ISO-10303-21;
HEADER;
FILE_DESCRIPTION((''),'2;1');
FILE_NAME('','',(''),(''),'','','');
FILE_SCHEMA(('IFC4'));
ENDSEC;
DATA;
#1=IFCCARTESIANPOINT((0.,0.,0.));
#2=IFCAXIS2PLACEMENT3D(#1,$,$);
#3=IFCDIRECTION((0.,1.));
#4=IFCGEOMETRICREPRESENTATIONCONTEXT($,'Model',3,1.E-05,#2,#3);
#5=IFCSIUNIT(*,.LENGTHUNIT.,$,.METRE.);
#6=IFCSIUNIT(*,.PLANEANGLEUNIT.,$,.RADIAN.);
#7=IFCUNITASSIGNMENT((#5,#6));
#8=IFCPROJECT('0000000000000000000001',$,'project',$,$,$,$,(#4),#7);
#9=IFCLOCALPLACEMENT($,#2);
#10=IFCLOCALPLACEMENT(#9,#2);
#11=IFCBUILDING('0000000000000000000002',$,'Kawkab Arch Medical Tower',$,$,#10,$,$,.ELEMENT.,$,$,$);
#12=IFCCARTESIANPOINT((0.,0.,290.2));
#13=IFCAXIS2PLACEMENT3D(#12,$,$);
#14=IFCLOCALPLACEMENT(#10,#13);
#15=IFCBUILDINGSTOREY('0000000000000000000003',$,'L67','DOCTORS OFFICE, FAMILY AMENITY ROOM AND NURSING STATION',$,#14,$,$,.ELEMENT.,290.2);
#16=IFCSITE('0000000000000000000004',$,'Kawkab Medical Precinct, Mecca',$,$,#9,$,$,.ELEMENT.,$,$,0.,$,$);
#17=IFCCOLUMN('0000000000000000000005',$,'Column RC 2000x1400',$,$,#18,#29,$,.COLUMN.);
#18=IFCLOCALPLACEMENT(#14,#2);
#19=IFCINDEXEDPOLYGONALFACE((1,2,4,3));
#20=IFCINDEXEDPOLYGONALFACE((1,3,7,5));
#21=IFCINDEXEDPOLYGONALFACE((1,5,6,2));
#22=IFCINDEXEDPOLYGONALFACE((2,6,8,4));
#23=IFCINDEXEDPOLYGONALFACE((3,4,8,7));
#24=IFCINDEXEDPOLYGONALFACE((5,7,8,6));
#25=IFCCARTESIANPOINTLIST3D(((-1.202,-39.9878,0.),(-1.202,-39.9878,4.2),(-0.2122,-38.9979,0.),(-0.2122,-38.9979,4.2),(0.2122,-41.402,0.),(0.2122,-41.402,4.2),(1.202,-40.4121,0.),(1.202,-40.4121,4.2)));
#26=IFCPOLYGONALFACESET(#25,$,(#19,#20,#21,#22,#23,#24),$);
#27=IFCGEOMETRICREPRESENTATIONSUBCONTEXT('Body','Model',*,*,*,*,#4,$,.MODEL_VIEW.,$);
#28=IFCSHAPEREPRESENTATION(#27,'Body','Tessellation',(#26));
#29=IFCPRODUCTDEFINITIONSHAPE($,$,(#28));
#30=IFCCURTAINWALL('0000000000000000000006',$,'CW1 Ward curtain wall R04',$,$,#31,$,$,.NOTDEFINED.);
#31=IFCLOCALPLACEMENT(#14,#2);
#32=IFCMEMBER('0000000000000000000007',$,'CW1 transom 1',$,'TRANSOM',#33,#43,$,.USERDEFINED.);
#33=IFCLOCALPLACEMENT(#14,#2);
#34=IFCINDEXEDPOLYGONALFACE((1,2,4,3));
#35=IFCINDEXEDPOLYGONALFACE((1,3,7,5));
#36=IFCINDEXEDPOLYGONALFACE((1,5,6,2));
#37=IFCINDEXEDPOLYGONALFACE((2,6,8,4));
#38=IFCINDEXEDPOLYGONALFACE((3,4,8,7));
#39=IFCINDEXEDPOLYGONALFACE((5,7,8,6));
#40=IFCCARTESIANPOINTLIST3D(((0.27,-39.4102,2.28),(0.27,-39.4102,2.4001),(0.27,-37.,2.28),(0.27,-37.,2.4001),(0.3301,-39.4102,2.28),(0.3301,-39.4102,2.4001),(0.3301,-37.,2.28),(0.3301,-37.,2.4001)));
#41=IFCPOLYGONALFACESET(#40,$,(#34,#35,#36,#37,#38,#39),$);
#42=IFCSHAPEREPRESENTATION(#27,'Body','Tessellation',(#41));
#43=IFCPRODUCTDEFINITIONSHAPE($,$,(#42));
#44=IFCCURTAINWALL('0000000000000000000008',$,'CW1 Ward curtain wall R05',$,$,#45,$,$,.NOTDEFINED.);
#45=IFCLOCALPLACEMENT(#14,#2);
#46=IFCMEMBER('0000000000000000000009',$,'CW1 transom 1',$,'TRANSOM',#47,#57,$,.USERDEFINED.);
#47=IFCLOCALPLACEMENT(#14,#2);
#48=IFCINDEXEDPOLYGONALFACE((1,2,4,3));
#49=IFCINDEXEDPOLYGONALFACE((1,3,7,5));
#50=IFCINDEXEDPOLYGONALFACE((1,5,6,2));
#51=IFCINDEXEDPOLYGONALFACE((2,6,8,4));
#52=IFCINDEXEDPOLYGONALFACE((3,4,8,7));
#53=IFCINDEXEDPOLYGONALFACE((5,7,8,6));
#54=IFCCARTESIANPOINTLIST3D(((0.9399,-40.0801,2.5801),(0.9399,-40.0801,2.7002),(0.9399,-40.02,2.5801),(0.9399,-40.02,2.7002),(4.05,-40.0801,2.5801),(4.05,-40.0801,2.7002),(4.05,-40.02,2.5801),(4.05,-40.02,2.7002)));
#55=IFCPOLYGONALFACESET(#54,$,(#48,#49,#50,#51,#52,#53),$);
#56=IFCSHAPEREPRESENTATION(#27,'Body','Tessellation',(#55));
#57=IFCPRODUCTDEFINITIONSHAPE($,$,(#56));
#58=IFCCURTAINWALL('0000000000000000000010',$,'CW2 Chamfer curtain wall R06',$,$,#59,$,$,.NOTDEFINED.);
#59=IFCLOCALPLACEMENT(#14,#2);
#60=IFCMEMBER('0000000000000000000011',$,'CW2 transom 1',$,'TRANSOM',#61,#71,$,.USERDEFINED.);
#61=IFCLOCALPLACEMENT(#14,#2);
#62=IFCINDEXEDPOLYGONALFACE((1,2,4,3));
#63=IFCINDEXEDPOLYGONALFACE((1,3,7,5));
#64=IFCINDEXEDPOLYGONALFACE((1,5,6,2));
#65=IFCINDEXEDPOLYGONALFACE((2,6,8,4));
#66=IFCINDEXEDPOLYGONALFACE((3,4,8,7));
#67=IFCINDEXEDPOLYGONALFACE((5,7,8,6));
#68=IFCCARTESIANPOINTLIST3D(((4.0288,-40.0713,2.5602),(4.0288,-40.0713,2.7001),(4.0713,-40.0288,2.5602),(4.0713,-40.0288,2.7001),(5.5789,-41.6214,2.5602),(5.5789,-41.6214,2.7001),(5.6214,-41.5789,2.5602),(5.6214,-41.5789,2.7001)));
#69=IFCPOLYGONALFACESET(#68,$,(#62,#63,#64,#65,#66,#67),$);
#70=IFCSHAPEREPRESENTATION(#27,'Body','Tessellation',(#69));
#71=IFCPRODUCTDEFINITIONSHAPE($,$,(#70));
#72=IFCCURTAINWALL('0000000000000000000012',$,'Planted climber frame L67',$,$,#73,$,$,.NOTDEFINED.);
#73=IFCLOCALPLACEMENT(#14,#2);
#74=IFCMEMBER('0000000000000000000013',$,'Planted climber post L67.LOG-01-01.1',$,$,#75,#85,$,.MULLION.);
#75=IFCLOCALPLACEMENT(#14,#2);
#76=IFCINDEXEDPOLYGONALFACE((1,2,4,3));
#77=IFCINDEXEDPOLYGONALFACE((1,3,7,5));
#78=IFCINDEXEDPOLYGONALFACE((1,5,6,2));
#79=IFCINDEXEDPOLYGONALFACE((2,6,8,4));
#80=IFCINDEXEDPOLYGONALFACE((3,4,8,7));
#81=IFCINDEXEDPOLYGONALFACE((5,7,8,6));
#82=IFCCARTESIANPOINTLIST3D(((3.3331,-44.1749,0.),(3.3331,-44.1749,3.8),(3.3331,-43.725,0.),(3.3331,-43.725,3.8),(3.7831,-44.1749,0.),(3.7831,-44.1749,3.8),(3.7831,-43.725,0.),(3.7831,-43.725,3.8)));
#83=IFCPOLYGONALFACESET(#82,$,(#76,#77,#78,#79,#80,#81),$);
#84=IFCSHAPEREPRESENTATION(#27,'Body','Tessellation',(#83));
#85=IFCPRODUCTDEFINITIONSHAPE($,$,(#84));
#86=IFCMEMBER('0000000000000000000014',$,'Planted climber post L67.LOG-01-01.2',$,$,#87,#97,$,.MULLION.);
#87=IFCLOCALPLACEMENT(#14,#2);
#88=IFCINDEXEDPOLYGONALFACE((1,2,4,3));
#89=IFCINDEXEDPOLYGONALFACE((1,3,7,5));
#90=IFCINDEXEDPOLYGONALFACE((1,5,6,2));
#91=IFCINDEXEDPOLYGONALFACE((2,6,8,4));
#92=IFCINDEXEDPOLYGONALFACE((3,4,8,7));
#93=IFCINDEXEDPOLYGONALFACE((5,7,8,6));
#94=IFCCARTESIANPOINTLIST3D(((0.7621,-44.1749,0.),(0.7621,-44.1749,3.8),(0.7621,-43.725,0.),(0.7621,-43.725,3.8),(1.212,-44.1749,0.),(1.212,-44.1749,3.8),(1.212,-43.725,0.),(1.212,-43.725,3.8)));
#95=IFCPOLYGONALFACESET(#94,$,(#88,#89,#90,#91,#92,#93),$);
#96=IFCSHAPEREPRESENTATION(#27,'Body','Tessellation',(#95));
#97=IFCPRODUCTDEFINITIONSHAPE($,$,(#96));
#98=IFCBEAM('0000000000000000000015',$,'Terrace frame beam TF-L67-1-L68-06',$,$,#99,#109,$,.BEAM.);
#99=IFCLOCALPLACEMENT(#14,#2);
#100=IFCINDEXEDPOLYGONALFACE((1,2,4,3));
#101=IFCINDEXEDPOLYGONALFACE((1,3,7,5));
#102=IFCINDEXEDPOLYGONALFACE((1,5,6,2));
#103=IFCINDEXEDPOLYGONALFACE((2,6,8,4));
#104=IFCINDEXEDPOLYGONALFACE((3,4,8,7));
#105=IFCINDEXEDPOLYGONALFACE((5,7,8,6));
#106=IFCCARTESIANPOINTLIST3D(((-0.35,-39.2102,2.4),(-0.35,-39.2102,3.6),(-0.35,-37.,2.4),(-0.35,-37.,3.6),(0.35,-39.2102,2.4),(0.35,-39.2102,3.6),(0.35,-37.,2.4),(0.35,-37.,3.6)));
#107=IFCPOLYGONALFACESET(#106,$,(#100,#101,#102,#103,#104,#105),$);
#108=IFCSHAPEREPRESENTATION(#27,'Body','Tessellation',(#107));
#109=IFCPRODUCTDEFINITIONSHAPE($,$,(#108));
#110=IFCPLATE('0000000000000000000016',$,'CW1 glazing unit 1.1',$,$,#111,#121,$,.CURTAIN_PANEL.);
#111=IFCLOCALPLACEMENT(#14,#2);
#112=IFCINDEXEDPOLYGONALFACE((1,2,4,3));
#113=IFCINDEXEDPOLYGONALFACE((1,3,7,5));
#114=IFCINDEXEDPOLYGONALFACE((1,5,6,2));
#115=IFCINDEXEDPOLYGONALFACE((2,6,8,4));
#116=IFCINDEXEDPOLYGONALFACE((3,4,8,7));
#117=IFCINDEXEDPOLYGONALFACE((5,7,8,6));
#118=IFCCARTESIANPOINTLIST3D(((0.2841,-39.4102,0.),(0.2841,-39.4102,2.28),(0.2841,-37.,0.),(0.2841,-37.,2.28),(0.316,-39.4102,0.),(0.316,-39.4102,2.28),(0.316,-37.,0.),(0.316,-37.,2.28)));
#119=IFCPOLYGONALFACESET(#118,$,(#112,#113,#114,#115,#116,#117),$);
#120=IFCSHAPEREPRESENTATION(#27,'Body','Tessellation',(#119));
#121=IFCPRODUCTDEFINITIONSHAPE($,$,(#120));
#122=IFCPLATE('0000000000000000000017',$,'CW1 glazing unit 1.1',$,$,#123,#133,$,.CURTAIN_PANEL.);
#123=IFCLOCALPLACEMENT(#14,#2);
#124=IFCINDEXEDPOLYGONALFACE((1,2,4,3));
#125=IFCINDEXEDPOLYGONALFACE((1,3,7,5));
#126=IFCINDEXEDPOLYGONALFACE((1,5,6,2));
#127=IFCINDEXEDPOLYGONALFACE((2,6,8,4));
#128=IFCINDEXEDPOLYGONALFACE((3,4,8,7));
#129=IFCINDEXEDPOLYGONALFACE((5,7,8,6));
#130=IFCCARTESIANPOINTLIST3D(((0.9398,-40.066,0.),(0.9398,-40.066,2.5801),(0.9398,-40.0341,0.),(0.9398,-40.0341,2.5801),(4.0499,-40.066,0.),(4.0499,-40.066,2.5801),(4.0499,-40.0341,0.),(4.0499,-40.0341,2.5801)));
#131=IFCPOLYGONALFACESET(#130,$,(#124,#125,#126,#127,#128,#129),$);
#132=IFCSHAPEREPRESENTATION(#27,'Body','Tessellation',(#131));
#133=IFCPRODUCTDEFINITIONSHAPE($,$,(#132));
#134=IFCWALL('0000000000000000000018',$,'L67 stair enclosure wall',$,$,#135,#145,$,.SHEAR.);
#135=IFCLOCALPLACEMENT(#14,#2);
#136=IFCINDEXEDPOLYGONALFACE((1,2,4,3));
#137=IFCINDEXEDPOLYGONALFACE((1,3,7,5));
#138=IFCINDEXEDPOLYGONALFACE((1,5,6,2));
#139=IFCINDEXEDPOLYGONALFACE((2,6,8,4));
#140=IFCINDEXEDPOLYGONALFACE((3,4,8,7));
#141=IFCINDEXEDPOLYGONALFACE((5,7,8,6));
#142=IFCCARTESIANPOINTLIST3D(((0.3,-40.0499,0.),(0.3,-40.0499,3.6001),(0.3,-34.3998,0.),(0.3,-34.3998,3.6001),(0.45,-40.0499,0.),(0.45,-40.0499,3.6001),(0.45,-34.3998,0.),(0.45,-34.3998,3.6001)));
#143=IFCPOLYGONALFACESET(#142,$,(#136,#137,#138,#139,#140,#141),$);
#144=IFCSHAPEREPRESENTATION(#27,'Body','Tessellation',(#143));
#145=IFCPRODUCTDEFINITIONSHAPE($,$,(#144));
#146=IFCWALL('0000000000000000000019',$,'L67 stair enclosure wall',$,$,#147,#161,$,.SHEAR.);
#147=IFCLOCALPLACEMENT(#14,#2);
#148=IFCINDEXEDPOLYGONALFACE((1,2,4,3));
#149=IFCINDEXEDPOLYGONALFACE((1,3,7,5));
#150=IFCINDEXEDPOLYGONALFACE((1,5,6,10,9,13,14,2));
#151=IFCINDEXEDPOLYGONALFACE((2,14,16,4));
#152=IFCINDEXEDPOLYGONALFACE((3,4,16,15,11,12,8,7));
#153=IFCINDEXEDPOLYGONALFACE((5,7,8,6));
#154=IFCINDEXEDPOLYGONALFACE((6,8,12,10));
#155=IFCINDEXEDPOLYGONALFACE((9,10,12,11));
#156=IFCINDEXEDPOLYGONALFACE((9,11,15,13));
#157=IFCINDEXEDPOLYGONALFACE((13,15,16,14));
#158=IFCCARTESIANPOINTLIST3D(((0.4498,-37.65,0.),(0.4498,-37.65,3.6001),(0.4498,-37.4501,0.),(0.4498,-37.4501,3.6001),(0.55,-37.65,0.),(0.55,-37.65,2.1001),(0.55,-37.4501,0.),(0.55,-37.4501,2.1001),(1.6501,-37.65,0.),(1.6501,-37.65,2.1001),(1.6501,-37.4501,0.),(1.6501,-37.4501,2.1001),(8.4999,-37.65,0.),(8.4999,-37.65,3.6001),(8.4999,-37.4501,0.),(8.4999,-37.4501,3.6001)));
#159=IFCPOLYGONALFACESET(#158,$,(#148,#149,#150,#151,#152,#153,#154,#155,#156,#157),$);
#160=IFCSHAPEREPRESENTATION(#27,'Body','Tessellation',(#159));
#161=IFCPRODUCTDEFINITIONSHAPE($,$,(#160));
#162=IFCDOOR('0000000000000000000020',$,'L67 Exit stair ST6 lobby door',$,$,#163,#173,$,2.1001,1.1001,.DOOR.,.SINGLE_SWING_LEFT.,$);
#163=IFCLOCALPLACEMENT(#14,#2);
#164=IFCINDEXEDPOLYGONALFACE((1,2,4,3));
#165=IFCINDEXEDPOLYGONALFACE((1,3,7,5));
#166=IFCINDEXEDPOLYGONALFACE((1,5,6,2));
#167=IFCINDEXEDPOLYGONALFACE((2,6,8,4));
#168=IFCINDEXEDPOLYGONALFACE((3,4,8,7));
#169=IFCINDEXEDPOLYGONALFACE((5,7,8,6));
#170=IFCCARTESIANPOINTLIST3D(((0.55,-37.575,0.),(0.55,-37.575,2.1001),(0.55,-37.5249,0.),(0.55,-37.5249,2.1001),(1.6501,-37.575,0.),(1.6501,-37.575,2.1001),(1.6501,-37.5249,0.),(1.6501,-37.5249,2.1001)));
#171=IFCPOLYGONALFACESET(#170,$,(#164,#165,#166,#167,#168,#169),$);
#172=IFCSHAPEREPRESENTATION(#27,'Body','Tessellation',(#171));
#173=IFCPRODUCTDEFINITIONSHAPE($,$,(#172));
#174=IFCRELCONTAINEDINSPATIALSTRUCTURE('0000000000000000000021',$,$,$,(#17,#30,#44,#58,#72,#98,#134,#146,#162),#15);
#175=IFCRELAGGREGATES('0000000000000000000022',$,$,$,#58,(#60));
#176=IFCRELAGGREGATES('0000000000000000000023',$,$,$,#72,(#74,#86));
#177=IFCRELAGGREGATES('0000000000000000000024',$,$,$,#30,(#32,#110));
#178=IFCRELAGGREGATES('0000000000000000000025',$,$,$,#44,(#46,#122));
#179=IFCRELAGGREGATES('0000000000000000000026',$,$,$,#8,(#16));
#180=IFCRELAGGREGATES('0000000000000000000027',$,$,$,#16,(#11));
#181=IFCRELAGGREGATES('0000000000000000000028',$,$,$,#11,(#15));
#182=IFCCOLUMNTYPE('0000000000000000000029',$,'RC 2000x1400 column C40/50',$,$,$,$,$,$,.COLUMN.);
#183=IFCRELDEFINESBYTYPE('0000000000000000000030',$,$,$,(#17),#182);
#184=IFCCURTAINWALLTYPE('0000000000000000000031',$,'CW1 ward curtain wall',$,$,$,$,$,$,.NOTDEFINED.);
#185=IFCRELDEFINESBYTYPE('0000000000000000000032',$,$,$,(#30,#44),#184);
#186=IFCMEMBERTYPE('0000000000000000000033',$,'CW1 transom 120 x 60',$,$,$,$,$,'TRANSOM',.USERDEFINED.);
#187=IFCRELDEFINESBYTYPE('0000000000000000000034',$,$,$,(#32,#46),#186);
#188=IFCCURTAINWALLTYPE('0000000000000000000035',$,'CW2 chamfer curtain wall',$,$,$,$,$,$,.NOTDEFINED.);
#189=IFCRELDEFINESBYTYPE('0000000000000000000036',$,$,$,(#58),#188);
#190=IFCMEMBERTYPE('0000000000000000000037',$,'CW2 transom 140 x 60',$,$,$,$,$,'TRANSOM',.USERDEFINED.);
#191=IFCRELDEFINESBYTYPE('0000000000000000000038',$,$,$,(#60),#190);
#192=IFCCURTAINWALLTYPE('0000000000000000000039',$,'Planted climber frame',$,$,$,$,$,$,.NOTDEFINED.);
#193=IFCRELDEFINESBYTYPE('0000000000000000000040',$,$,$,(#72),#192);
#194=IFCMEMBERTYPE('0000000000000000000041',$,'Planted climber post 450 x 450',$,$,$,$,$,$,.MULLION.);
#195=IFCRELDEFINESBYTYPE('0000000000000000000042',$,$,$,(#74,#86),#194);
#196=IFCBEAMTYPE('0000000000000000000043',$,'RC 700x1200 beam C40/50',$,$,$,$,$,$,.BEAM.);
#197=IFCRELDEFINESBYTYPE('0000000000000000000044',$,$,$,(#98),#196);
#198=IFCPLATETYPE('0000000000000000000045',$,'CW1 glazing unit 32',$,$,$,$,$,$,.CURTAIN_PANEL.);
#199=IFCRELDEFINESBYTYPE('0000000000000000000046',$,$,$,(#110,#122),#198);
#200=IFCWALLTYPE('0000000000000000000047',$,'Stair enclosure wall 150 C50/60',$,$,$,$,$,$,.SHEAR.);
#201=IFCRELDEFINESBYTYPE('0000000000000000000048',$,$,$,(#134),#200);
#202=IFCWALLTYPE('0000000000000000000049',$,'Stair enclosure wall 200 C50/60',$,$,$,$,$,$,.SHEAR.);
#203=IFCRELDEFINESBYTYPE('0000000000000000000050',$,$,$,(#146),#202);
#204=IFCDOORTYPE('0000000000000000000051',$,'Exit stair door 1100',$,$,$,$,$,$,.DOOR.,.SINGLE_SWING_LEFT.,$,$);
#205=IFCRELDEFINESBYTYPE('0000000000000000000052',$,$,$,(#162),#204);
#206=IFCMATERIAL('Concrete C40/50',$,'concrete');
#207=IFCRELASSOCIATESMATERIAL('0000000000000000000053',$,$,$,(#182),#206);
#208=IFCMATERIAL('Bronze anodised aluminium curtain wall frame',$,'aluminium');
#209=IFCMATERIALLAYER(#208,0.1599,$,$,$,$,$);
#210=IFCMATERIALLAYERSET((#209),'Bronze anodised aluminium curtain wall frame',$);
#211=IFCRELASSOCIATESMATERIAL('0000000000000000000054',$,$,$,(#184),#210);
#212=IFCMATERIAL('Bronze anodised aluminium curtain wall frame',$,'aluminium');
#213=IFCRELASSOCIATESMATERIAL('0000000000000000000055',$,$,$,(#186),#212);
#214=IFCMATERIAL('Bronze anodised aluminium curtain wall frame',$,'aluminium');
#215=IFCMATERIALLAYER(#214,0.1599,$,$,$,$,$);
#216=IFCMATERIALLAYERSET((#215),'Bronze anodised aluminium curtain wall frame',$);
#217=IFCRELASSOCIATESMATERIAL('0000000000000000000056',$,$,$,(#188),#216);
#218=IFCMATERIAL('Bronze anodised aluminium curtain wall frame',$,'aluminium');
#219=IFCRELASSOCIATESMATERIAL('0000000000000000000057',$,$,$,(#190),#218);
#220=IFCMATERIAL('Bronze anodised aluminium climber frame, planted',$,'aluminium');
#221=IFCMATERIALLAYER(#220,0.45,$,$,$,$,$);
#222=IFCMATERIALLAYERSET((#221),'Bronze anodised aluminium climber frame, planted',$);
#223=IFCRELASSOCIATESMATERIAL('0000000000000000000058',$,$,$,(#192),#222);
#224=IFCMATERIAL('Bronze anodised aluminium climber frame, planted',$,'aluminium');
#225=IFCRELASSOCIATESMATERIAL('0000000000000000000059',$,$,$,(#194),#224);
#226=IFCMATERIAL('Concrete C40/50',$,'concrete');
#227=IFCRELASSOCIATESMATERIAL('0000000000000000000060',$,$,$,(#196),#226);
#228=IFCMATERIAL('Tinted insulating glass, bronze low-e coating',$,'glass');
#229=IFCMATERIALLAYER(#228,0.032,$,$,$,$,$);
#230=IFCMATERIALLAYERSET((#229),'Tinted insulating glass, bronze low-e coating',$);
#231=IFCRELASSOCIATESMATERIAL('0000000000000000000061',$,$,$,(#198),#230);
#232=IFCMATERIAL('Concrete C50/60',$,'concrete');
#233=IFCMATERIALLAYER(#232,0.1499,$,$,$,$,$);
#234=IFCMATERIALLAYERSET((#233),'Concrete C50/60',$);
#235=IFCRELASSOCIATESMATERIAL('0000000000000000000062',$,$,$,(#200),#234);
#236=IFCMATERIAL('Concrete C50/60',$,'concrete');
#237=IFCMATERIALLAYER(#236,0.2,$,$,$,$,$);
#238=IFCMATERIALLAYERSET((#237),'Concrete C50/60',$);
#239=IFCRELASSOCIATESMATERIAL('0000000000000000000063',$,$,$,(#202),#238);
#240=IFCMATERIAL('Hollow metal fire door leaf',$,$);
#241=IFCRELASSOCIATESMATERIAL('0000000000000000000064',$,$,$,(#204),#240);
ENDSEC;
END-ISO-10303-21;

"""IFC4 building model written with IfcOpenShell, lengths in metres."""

from ifc_helpers import new_model, si_unit, direction, frame, frame_2d, origin, origin_2d, place, context, subcontext, project, spatial, rectangle, extrude, material, layer, layer_set, material_profile, profile_set, type_object, element, fill, aggregate, save


model = new_model("IFC4")

# Units and contexts
model_context = context("Model", 3, precision=1e-05, world=origin(), true_north=direction((0.0, 1.0)))
body_context = subcontext(model_context, "Body", "Model", "MODEL_VIEW")
ifc_project = project(units=[si_unit("LENGTHUNIT", "METRE"), si_unit("PLANEANGLEUNIT", "RADIAN")], contexts=[model_context])

# Site, building, storey
site_placement = place(None, origin())
site = spatial("IfcSite", under=ifc_project, at=site_placement, Name="Kawkab Medical Precinct, Mecca", CompositionType="ELEMENT", RefElevation=0.0)
building_placement = place(site_placement, origin())
building = spatial("IfcBuilding", under=site, at=building_placement, Name="Kawkab Arch Medical Tower", CompositionType="ELEMENT")
storey_placement = place(building_placement, frame((0.0, 0.0, 290.2)))
storey = spatial("IfcBuildingStorey", under=building, at=storey_placement, Name="L67", Description="DOCTORS OFFICE, FAMILY AMENITY ROOM AND NURSING STATION", CompositionType="ELEMENT", Elevation=290.2)

# Column
ifc_material_1 = material(Name="Concrete C40/50", Category="concrete")
ifc_material_profile_1 = material_profile(ifc_material_1, rectangle(XDim=2.0, YDim=1.3999, at=origin_2d()), Name="RC 2000x1400")
ifc_profile_set_1 = profile_set([ifc_material_profile_1], Name="Concrete C40/50")
column_type = type_object("IfcColumnType", Name="RC 2000x1400 column C40/50", PredefinedType="COLUMN", material=ifc_profile_set_1)
column_placement = place(storey_placement, frame((0.0, -40.2, 0.0), z_axis=(0.0, 0.0, 1.0), x_axis=(-0.707107, 0.707107, 0.0)))
element("IfcColumn", 1, at=column_placement, inside=storey, type_object=column_type, Name="Column RC 2000x1400", PredefinedType="COLUMN", context=body_context, shape_type="SweptSolid", body=[
    extrude(rectangle(XDim=2.0, YDim=1.3999, at=origin_2d()), origin(), (0.0, 0.0, 1.0), 4.2),
])

# Curtain walls, members
ifc_material_2 = material(Name="Bronze anodised aluminium curtain wall frame", Category="aluminium")
ifc_layer_1 = layer(ifc_material_2, 0.1599)
ifc_layer_set_1 = layer_set([ifc_layer_1], Name="Bronze anodised aluminium curtain wall frame")
curtain_wall_type_1 = type_object("IfcCurtainWallType", Name="CW1 ward curtain wall", PredefinedType="NOTDEFINED", material=ifc_layer_set_1)
placement = place(storey_placement, origin())
curtain_wall_1 = element("IfcCurtainWall", 2, at=placement, inside=storey, type_object=curtain_wall_type_1, Name="CW1 Ward curtain wall R04", PredefinedType="NOTDEFINED")
ifc_material_3 = material(Name="Bronze anodised aluminium curtain wall frame", Category="aluminium")
ifc_material_profile_2 = material_profile(ifc_material_3, rectangle(XDim=0.0601, YDim=0.1201, at=origin_2d()), Name="AL 60x120")
ifc_profile_set_2 = profile_set([ifc_material_profile_2], Name="Bronze anodised aluminium curtain wall frame")
member_type_1 = type_object("IfcMemberType", Name="CW1 transom 120 x 60", ElementType="TRANSOM", PredefinedType="USERDEFINED", material=ifc_profile_set_2)
member_1_placement = place(storey_placement, frame((0.3, -37.0, 2.3401), z_axis=(0.0, -1.0, 0.0), x_axis=(1.0, 0.0, 0.0)))
member_1 = element("IfcMember", 3, at=member_1_placement, type_object=member_type_1, Name="CW1 transom 1", ObjectType="TRANSOM", PredefinedType="USERDEFINED", context=body_context, shape_type="SweptSolid", body=[
    extrude(rectangle(XDim=0.0601, YDim=0.1201, at=origin_2d()), origin(), (0.0, 0.0, 1.0), 2.4102),
])
curtain_wall_2 = element("IfcCurtainWall", 4, at=placement, inside=storey, type_object=curtain_wall_type_1, Name="CW1 Ward curtain wall R05", PredefinedType="NOTDEFINED")
member_2_placement = place(storey_placement, frame((0.9399, -40.05, 2.6401), z_axis=(1.0, 0.0, 0.0), x_axis=(0.0, 1.0, 0.0)))
member_2 = element("IfcMember", 5, at=member_2_placement, type_object=member_type_1, Name="CW1 transom 1", ObjectType="TRANSOM", PredefinedType="USERDEFINED", context=body_context, shape_type="SweptSolid", body=[
    extrude(rectangle(XDim=0.0601, YDim=0.1201, at=origin_2d()), origin(), (0.0, 0.0, 1.0), 3.1101),
])
ifc_material_4 = material(Name="Bronze anodised aluminium curtain wall frame", Category="aluminium")
ifc_layer_2 = layer(ifc_material_4, 0.1599)
ifc_layer_set_2 = layer_set([ifc_layer_2], Name="Bronze anodised aluminium curtain wall frame")
curtain_wall_type_2 = type_object("IfcCurtainWallType", Name="CW2 chamfer curtain wall", PredefinedType="NOTDEFINED", material=ifc_layer_set_2)
curtain_wall_3 = element("IfcCurtainWall", 6, at=placement, inside=storey, type_object=curtain_wall_type_2, Name="CW2 Chamfer curtain wall R06", PredefinedType="NOTDEFINED")
ifc_material_5 = material(Name="Bronze anodised aluminium curtain wall frame", Category="aluminium")
ifc_material_profile_3 = material_profile(ifc_material_5, rectangle(XDim=0.0601, YDim=0.1399, at=origin_2d()), Name="AL 60x140")
ifc_profile_set_3 = profile_set([ifc_material_profile_3], Name="Bronze anodised aluminium curtain wall frame")
member_type_2 = type_object("IfcMemberType", Name="CW2 transom 140 x 60", ElementType="TRANSOM", PredefinedType="USERDEFINED", material=ifc_profile_set_3)
member_3_placement = place(storey_placement, frame((4.05, -40.05, 2.6301), z_axis=(0.707107, -0.707107, 0.0), x_axis=(0.707107, 0.707107, 0.0)))
member_3 = element("IfcMember", 7, at=member_3_placement, type_object=member_type_2, Name="CW2 transom 1", ObjectType="TRANSOM", PredefinedType="USERDEFINED", context=body_context, shape_type="SweptSolid", body=[
    extrude(rectangle(XDim=0.0601, YDim=0.1399, at=origin_2d()), origin(), (0.0, 0.0, 1.0), 2.1921),
])
aggregate(curtain_wall_3, [member_3])

# Curtain wall, members
ifc_material_6 = material(Name="Bronze anodised aluminium climber frame, planted", Category="aluminium")
ifc_layer_3 = layer(ifc_material_6, 0.45)
ifc_layer_set_3 = layer_set([ifc_layer_3], Name="Bronze anodised aluminium climber frame, planted")
curtain_wall_type_3 = type_object("IfcCurtainWallType", Name="Planted climber frame", PredefinedType="NOTDEFINED", material=ifc_layer_set_3)
curtain_wall_4 = element("IfcCurtainWall", 8, at=placement, inside=storey, type_object=curtain_wall_type_3, Name="Planted climber frame L67", PredefinedType="NOTDEFINED")
ifc_material_7 = material(Name="Bronze anodised aluminium climber frame, planted", Category="aluminium")
ifc_material_profile_4 = material_profile(ifc_material_7, rectangle(XDim=0.45, YDim=0.45, at=origin_2d()), Name="Post 450x450")
ifc_profile_set_4 = profile_set([ifc_material_profile_4], Name="Bronze anodised aluminium climber frame, planted")
member_type_3 = type_object("IfcMemberType", Name="Planted climber post 450 x 450", PredefinedType="MULLION", material=ifc_profile_set_4)
member_4_placement = place(storey_placement, frame((3.5581, -43.95, 0.0), z_axis=(0.0, 0.0, 1.0), x_axis=(1.0, 0.0, 0.0)))
member_4 = element("IfcMember", 9, at=member_4_placement, type_object=member_type_3, Name="Planted climber post L67.LOG-01-01.1", PredefinedType="MULLION", context=body_context, shape_type="SweptSolid", body=[
    extrude(rectangle(XDim=0.45, YDim=0.45, at=origin_2d()), origin(), (0.0, 0.0, 1.0), 3.8),
])
member_5_placement = place(storey_placement, frame((0.9871, -43.95, 0.0), z_axis=(0.0, 0.0, 1.0), x_axis=(1.0, 0.0, 0.0)))
member_5 = element("IfcMember", 10, at=member_5_placement, type_object=member_type_3, Name="Planted climber post L67.LOG-01-01.2", PredefinedType="MULLION", context=body_context, shape_type="SweptSolid", body=[
    extrude(rectangle(XDim=0.45, YDim=0.45, at=origin_2d()), origin(), (0.0, 0.0, 1.0), 3.8),
])
aggregate(curtain_wall_4, [member_4, member_5])

# Beam
ifc_material_8 = material(Name="Concrete C40/50", Category="concrete")
ifc_material_profile_5 = material_profile(ifc_material_8, rectangle(XDim=0.7, YDim=1.2, at=origin_2d()), Name="RC 700x1200")
ifc_profile_set_5 = profile_set([ifc_material_profile_5], Name="Concrete C40/50")
beam_type = type_object("IfcBeamType", Name="RC 700x1200 beam C40/50", PredefinedType="BEAM", material=ifc_profile_set_5)
beam_placement = place(storey_placement, frame((0.0, -39.2102, 3.0), z_axis=(0.0, 1.0, 0.0), x_axis=(-1.0, 0.0, 0.0)))
element("IfcBeam", 11, at=beam_placement, inside=storey, type_object=beam_type, Name="Terrace frame beam TF-L67-1-L68-06", PredefinedType="BEAM", context=body_context, shape_type="SweptSolid", body=[
    extrude(rectangle(XDim=0.7, YDim=1.2, at=origin_2d()), origin(), (0.0, 0.0, 1.0), 2.2102),
])

# Plates
ifc_material_9 = material(Name="Tinted insulating glass, bronze low-e coating", Category="glass")
ifc_layer_4 = layer(ifc_material_9, 0.032)
ifc_layer_set_4 = layer_set([ifc_layer_4], Name="Tinted insulating glass, bronze low-e coating")
plate_type = type_object("IfcPlateType", Name="CW1 glazing unit 32", PredefinedType="CURTAIN_PANEL", material=ifc_layer_set_4)
plate_1_placement = place(storey_placement, frame((0.3, -38.2051, 0.0), z_axis=(0.0, 0.0, 1.0), x_axis=(0.0, -1.0, 0.0)))
plate_1 = element("IfcPlate", 12, at=plate_1_placement, type_object=plate_type, Name="CW1 glazing unit 1.1", PredefinedType="CURTAIN_PANEL", context=body_context, shape_type="SweptSolid", body=[
    extrude(rectangle(XDim=2.4102, YDim=0.032, at=origin_2d()), origin(), (0.0, 0.0, 1.0), 2.28),
])
aggregate(curtain_wall_1, [member_1, plate_1])
plate_2_placement = place(storey_placement, frame((2.4949, -40.05, 0.0), z_axis=(0.0, 0.0, 1.0), x_axis=(1.0, 0.0, 0.0)))
plate_2 = element("IfcPlate", 13, at=plate_2_placement, type_object=plate_type, Name="CW1 glazing unit 1.1", PredefinedType="CURTAIN_PANEL", context=body_context, shape_type="SweptSolid", body=[
    extrude(rectangle(XDim=3.1101, YDim=0.032, at=origin_2d()), origin(), (0.0, 0.0, 1.0), 2.5801),
])
aggregate(curtain_wall_2, [member_2, plate_2])

# Wall
ifc_material_10 = material(Name="Concrete C50/60", Category="concrete")
ifc_layer_5 = layer(ifc_material_10, 0.1499)
ifc_layer_set_5 = layer_set([ifc_layer_5], Name="Concrete C50/60")
wall_type_1 = type_object("IfcWallType", Name="Stair enclosure wall 150 C50/60", PredefinedType="SHEAR", material=ifc_layer_set_5)
wall_1_placement = place(storey_placement, frame((0.375, -40.05, 0.0), z_axis=(0.0, 0.0, 1.0), x_axis=(0.0, 1.0, 0.0)))
element("IfcWall", 14, at=wall_1_placement, inside=storey, type_object=wall_type_1, Name="L67 stair enclosure wall", PredefinedType="SHEAR", context=body_context, shape_type="SweptSolid", body=[
    extrude(rectangle(XDim=5.6501, YDim=0.1499, at=frame_2d((2.8252, 0.0))), origin(), (0.0, 0.0, 1.0), 3.6001),
])

# Wall, opening, door
ifc_material_11 = material(Name="Concrete C50/60", Category="concrete")
ifc_layer_6 = layer(ifc_material_11, 0.2)
ifc_layer_set_6 = layer_set([ifc_layer_6], Name="Concrete C50/60")
wall_type_2 = type_object("IfcWallType", Name="Stair enclosure wall 200 C50/60", PredefinedType="SHEAR", material=ifc_layer_set_6)
wall_2_placement = place(storey_placement, frame((0.45, -37.55, 0.0), z_axis=(0.0, 0.0, 1.0), x_axis=(1.0, 0.0, 0.0)))
wall_2 = element("IfcWall", 15, at=wall_2_placement, inside=storey, type_object=wall_type_2, Name="L67 stair enclosure wall", PredefinedType="SHEAR", context=body_context, shape_type="SweptSolid", body=[
    extrude(rectangle(XDim=8.05, YDim=0.2, at=frame_2d((4.0249, 0.0))), origin(), (0.0, 0.0, 1.0), 3.6001),
])
opening_1_placement = place(wall_2_placement, frame((0.1001, 0.0, 0.0)))
opening_1 = element("IfcOpeningElement", 16, at=opening_1_placement, cuts=wall_2, PredefinedType="OPENING", context=body_context, shape_type="SweptSolid", body=[
    extrude(rectangle(XDim=1.1001, YDim=2.1001, at=frame_2d((0.55, 1.05))), frame((0.0, 0.1099, 0.0), z_axis=(0.0, -1.0, 0.0), x_axis=(1.0, 0.0, 0.0)), (0.0, 0.0, 1.0), 0.22),
])
ifc_material_12 = material(Name="Hollow metal fire door leaf")
door_type_1 = type_object("IfcDoorType", Name="Exit stair door 1100", OperationType="SINGLE_SWING_LEFT", PredefinedType="DOOR", material=ifc_material_12)
door_1_placement = place(opening_1_placement, frame((1.1001, 0.0, 0.0), z_axis=(0.0, 0.0, 1.0), x_axis=(-1.0, 0.0, 0.0)))
door_1 = element("IfcDoor", 17, at=door_1_placement, inside=storey, type_object=door_type_1, Name="L67 Exit stair ST6 lobby door", OperationType="SINGLE_SWING_LEFT", OverallHeight=2.1001, OverallWidth=1.1001, PredefinedType="DOOR", context=body_context, shape_type="SweptSolid", body=[
    extrude(rectangle(XDim=1.1001, YDim=2.1001, at=frame_2d((0.55, 1.05))), frame((0.0, 0.0249, 0.0), z_axis=(0.0, -1.0, 0.0), x_axis=(1.0, 0.0, 0.0)), (0.0, 0.0, 1.0), 0.05),
])
fill(opening_1, door_1)

save(model, "model.ifc")
